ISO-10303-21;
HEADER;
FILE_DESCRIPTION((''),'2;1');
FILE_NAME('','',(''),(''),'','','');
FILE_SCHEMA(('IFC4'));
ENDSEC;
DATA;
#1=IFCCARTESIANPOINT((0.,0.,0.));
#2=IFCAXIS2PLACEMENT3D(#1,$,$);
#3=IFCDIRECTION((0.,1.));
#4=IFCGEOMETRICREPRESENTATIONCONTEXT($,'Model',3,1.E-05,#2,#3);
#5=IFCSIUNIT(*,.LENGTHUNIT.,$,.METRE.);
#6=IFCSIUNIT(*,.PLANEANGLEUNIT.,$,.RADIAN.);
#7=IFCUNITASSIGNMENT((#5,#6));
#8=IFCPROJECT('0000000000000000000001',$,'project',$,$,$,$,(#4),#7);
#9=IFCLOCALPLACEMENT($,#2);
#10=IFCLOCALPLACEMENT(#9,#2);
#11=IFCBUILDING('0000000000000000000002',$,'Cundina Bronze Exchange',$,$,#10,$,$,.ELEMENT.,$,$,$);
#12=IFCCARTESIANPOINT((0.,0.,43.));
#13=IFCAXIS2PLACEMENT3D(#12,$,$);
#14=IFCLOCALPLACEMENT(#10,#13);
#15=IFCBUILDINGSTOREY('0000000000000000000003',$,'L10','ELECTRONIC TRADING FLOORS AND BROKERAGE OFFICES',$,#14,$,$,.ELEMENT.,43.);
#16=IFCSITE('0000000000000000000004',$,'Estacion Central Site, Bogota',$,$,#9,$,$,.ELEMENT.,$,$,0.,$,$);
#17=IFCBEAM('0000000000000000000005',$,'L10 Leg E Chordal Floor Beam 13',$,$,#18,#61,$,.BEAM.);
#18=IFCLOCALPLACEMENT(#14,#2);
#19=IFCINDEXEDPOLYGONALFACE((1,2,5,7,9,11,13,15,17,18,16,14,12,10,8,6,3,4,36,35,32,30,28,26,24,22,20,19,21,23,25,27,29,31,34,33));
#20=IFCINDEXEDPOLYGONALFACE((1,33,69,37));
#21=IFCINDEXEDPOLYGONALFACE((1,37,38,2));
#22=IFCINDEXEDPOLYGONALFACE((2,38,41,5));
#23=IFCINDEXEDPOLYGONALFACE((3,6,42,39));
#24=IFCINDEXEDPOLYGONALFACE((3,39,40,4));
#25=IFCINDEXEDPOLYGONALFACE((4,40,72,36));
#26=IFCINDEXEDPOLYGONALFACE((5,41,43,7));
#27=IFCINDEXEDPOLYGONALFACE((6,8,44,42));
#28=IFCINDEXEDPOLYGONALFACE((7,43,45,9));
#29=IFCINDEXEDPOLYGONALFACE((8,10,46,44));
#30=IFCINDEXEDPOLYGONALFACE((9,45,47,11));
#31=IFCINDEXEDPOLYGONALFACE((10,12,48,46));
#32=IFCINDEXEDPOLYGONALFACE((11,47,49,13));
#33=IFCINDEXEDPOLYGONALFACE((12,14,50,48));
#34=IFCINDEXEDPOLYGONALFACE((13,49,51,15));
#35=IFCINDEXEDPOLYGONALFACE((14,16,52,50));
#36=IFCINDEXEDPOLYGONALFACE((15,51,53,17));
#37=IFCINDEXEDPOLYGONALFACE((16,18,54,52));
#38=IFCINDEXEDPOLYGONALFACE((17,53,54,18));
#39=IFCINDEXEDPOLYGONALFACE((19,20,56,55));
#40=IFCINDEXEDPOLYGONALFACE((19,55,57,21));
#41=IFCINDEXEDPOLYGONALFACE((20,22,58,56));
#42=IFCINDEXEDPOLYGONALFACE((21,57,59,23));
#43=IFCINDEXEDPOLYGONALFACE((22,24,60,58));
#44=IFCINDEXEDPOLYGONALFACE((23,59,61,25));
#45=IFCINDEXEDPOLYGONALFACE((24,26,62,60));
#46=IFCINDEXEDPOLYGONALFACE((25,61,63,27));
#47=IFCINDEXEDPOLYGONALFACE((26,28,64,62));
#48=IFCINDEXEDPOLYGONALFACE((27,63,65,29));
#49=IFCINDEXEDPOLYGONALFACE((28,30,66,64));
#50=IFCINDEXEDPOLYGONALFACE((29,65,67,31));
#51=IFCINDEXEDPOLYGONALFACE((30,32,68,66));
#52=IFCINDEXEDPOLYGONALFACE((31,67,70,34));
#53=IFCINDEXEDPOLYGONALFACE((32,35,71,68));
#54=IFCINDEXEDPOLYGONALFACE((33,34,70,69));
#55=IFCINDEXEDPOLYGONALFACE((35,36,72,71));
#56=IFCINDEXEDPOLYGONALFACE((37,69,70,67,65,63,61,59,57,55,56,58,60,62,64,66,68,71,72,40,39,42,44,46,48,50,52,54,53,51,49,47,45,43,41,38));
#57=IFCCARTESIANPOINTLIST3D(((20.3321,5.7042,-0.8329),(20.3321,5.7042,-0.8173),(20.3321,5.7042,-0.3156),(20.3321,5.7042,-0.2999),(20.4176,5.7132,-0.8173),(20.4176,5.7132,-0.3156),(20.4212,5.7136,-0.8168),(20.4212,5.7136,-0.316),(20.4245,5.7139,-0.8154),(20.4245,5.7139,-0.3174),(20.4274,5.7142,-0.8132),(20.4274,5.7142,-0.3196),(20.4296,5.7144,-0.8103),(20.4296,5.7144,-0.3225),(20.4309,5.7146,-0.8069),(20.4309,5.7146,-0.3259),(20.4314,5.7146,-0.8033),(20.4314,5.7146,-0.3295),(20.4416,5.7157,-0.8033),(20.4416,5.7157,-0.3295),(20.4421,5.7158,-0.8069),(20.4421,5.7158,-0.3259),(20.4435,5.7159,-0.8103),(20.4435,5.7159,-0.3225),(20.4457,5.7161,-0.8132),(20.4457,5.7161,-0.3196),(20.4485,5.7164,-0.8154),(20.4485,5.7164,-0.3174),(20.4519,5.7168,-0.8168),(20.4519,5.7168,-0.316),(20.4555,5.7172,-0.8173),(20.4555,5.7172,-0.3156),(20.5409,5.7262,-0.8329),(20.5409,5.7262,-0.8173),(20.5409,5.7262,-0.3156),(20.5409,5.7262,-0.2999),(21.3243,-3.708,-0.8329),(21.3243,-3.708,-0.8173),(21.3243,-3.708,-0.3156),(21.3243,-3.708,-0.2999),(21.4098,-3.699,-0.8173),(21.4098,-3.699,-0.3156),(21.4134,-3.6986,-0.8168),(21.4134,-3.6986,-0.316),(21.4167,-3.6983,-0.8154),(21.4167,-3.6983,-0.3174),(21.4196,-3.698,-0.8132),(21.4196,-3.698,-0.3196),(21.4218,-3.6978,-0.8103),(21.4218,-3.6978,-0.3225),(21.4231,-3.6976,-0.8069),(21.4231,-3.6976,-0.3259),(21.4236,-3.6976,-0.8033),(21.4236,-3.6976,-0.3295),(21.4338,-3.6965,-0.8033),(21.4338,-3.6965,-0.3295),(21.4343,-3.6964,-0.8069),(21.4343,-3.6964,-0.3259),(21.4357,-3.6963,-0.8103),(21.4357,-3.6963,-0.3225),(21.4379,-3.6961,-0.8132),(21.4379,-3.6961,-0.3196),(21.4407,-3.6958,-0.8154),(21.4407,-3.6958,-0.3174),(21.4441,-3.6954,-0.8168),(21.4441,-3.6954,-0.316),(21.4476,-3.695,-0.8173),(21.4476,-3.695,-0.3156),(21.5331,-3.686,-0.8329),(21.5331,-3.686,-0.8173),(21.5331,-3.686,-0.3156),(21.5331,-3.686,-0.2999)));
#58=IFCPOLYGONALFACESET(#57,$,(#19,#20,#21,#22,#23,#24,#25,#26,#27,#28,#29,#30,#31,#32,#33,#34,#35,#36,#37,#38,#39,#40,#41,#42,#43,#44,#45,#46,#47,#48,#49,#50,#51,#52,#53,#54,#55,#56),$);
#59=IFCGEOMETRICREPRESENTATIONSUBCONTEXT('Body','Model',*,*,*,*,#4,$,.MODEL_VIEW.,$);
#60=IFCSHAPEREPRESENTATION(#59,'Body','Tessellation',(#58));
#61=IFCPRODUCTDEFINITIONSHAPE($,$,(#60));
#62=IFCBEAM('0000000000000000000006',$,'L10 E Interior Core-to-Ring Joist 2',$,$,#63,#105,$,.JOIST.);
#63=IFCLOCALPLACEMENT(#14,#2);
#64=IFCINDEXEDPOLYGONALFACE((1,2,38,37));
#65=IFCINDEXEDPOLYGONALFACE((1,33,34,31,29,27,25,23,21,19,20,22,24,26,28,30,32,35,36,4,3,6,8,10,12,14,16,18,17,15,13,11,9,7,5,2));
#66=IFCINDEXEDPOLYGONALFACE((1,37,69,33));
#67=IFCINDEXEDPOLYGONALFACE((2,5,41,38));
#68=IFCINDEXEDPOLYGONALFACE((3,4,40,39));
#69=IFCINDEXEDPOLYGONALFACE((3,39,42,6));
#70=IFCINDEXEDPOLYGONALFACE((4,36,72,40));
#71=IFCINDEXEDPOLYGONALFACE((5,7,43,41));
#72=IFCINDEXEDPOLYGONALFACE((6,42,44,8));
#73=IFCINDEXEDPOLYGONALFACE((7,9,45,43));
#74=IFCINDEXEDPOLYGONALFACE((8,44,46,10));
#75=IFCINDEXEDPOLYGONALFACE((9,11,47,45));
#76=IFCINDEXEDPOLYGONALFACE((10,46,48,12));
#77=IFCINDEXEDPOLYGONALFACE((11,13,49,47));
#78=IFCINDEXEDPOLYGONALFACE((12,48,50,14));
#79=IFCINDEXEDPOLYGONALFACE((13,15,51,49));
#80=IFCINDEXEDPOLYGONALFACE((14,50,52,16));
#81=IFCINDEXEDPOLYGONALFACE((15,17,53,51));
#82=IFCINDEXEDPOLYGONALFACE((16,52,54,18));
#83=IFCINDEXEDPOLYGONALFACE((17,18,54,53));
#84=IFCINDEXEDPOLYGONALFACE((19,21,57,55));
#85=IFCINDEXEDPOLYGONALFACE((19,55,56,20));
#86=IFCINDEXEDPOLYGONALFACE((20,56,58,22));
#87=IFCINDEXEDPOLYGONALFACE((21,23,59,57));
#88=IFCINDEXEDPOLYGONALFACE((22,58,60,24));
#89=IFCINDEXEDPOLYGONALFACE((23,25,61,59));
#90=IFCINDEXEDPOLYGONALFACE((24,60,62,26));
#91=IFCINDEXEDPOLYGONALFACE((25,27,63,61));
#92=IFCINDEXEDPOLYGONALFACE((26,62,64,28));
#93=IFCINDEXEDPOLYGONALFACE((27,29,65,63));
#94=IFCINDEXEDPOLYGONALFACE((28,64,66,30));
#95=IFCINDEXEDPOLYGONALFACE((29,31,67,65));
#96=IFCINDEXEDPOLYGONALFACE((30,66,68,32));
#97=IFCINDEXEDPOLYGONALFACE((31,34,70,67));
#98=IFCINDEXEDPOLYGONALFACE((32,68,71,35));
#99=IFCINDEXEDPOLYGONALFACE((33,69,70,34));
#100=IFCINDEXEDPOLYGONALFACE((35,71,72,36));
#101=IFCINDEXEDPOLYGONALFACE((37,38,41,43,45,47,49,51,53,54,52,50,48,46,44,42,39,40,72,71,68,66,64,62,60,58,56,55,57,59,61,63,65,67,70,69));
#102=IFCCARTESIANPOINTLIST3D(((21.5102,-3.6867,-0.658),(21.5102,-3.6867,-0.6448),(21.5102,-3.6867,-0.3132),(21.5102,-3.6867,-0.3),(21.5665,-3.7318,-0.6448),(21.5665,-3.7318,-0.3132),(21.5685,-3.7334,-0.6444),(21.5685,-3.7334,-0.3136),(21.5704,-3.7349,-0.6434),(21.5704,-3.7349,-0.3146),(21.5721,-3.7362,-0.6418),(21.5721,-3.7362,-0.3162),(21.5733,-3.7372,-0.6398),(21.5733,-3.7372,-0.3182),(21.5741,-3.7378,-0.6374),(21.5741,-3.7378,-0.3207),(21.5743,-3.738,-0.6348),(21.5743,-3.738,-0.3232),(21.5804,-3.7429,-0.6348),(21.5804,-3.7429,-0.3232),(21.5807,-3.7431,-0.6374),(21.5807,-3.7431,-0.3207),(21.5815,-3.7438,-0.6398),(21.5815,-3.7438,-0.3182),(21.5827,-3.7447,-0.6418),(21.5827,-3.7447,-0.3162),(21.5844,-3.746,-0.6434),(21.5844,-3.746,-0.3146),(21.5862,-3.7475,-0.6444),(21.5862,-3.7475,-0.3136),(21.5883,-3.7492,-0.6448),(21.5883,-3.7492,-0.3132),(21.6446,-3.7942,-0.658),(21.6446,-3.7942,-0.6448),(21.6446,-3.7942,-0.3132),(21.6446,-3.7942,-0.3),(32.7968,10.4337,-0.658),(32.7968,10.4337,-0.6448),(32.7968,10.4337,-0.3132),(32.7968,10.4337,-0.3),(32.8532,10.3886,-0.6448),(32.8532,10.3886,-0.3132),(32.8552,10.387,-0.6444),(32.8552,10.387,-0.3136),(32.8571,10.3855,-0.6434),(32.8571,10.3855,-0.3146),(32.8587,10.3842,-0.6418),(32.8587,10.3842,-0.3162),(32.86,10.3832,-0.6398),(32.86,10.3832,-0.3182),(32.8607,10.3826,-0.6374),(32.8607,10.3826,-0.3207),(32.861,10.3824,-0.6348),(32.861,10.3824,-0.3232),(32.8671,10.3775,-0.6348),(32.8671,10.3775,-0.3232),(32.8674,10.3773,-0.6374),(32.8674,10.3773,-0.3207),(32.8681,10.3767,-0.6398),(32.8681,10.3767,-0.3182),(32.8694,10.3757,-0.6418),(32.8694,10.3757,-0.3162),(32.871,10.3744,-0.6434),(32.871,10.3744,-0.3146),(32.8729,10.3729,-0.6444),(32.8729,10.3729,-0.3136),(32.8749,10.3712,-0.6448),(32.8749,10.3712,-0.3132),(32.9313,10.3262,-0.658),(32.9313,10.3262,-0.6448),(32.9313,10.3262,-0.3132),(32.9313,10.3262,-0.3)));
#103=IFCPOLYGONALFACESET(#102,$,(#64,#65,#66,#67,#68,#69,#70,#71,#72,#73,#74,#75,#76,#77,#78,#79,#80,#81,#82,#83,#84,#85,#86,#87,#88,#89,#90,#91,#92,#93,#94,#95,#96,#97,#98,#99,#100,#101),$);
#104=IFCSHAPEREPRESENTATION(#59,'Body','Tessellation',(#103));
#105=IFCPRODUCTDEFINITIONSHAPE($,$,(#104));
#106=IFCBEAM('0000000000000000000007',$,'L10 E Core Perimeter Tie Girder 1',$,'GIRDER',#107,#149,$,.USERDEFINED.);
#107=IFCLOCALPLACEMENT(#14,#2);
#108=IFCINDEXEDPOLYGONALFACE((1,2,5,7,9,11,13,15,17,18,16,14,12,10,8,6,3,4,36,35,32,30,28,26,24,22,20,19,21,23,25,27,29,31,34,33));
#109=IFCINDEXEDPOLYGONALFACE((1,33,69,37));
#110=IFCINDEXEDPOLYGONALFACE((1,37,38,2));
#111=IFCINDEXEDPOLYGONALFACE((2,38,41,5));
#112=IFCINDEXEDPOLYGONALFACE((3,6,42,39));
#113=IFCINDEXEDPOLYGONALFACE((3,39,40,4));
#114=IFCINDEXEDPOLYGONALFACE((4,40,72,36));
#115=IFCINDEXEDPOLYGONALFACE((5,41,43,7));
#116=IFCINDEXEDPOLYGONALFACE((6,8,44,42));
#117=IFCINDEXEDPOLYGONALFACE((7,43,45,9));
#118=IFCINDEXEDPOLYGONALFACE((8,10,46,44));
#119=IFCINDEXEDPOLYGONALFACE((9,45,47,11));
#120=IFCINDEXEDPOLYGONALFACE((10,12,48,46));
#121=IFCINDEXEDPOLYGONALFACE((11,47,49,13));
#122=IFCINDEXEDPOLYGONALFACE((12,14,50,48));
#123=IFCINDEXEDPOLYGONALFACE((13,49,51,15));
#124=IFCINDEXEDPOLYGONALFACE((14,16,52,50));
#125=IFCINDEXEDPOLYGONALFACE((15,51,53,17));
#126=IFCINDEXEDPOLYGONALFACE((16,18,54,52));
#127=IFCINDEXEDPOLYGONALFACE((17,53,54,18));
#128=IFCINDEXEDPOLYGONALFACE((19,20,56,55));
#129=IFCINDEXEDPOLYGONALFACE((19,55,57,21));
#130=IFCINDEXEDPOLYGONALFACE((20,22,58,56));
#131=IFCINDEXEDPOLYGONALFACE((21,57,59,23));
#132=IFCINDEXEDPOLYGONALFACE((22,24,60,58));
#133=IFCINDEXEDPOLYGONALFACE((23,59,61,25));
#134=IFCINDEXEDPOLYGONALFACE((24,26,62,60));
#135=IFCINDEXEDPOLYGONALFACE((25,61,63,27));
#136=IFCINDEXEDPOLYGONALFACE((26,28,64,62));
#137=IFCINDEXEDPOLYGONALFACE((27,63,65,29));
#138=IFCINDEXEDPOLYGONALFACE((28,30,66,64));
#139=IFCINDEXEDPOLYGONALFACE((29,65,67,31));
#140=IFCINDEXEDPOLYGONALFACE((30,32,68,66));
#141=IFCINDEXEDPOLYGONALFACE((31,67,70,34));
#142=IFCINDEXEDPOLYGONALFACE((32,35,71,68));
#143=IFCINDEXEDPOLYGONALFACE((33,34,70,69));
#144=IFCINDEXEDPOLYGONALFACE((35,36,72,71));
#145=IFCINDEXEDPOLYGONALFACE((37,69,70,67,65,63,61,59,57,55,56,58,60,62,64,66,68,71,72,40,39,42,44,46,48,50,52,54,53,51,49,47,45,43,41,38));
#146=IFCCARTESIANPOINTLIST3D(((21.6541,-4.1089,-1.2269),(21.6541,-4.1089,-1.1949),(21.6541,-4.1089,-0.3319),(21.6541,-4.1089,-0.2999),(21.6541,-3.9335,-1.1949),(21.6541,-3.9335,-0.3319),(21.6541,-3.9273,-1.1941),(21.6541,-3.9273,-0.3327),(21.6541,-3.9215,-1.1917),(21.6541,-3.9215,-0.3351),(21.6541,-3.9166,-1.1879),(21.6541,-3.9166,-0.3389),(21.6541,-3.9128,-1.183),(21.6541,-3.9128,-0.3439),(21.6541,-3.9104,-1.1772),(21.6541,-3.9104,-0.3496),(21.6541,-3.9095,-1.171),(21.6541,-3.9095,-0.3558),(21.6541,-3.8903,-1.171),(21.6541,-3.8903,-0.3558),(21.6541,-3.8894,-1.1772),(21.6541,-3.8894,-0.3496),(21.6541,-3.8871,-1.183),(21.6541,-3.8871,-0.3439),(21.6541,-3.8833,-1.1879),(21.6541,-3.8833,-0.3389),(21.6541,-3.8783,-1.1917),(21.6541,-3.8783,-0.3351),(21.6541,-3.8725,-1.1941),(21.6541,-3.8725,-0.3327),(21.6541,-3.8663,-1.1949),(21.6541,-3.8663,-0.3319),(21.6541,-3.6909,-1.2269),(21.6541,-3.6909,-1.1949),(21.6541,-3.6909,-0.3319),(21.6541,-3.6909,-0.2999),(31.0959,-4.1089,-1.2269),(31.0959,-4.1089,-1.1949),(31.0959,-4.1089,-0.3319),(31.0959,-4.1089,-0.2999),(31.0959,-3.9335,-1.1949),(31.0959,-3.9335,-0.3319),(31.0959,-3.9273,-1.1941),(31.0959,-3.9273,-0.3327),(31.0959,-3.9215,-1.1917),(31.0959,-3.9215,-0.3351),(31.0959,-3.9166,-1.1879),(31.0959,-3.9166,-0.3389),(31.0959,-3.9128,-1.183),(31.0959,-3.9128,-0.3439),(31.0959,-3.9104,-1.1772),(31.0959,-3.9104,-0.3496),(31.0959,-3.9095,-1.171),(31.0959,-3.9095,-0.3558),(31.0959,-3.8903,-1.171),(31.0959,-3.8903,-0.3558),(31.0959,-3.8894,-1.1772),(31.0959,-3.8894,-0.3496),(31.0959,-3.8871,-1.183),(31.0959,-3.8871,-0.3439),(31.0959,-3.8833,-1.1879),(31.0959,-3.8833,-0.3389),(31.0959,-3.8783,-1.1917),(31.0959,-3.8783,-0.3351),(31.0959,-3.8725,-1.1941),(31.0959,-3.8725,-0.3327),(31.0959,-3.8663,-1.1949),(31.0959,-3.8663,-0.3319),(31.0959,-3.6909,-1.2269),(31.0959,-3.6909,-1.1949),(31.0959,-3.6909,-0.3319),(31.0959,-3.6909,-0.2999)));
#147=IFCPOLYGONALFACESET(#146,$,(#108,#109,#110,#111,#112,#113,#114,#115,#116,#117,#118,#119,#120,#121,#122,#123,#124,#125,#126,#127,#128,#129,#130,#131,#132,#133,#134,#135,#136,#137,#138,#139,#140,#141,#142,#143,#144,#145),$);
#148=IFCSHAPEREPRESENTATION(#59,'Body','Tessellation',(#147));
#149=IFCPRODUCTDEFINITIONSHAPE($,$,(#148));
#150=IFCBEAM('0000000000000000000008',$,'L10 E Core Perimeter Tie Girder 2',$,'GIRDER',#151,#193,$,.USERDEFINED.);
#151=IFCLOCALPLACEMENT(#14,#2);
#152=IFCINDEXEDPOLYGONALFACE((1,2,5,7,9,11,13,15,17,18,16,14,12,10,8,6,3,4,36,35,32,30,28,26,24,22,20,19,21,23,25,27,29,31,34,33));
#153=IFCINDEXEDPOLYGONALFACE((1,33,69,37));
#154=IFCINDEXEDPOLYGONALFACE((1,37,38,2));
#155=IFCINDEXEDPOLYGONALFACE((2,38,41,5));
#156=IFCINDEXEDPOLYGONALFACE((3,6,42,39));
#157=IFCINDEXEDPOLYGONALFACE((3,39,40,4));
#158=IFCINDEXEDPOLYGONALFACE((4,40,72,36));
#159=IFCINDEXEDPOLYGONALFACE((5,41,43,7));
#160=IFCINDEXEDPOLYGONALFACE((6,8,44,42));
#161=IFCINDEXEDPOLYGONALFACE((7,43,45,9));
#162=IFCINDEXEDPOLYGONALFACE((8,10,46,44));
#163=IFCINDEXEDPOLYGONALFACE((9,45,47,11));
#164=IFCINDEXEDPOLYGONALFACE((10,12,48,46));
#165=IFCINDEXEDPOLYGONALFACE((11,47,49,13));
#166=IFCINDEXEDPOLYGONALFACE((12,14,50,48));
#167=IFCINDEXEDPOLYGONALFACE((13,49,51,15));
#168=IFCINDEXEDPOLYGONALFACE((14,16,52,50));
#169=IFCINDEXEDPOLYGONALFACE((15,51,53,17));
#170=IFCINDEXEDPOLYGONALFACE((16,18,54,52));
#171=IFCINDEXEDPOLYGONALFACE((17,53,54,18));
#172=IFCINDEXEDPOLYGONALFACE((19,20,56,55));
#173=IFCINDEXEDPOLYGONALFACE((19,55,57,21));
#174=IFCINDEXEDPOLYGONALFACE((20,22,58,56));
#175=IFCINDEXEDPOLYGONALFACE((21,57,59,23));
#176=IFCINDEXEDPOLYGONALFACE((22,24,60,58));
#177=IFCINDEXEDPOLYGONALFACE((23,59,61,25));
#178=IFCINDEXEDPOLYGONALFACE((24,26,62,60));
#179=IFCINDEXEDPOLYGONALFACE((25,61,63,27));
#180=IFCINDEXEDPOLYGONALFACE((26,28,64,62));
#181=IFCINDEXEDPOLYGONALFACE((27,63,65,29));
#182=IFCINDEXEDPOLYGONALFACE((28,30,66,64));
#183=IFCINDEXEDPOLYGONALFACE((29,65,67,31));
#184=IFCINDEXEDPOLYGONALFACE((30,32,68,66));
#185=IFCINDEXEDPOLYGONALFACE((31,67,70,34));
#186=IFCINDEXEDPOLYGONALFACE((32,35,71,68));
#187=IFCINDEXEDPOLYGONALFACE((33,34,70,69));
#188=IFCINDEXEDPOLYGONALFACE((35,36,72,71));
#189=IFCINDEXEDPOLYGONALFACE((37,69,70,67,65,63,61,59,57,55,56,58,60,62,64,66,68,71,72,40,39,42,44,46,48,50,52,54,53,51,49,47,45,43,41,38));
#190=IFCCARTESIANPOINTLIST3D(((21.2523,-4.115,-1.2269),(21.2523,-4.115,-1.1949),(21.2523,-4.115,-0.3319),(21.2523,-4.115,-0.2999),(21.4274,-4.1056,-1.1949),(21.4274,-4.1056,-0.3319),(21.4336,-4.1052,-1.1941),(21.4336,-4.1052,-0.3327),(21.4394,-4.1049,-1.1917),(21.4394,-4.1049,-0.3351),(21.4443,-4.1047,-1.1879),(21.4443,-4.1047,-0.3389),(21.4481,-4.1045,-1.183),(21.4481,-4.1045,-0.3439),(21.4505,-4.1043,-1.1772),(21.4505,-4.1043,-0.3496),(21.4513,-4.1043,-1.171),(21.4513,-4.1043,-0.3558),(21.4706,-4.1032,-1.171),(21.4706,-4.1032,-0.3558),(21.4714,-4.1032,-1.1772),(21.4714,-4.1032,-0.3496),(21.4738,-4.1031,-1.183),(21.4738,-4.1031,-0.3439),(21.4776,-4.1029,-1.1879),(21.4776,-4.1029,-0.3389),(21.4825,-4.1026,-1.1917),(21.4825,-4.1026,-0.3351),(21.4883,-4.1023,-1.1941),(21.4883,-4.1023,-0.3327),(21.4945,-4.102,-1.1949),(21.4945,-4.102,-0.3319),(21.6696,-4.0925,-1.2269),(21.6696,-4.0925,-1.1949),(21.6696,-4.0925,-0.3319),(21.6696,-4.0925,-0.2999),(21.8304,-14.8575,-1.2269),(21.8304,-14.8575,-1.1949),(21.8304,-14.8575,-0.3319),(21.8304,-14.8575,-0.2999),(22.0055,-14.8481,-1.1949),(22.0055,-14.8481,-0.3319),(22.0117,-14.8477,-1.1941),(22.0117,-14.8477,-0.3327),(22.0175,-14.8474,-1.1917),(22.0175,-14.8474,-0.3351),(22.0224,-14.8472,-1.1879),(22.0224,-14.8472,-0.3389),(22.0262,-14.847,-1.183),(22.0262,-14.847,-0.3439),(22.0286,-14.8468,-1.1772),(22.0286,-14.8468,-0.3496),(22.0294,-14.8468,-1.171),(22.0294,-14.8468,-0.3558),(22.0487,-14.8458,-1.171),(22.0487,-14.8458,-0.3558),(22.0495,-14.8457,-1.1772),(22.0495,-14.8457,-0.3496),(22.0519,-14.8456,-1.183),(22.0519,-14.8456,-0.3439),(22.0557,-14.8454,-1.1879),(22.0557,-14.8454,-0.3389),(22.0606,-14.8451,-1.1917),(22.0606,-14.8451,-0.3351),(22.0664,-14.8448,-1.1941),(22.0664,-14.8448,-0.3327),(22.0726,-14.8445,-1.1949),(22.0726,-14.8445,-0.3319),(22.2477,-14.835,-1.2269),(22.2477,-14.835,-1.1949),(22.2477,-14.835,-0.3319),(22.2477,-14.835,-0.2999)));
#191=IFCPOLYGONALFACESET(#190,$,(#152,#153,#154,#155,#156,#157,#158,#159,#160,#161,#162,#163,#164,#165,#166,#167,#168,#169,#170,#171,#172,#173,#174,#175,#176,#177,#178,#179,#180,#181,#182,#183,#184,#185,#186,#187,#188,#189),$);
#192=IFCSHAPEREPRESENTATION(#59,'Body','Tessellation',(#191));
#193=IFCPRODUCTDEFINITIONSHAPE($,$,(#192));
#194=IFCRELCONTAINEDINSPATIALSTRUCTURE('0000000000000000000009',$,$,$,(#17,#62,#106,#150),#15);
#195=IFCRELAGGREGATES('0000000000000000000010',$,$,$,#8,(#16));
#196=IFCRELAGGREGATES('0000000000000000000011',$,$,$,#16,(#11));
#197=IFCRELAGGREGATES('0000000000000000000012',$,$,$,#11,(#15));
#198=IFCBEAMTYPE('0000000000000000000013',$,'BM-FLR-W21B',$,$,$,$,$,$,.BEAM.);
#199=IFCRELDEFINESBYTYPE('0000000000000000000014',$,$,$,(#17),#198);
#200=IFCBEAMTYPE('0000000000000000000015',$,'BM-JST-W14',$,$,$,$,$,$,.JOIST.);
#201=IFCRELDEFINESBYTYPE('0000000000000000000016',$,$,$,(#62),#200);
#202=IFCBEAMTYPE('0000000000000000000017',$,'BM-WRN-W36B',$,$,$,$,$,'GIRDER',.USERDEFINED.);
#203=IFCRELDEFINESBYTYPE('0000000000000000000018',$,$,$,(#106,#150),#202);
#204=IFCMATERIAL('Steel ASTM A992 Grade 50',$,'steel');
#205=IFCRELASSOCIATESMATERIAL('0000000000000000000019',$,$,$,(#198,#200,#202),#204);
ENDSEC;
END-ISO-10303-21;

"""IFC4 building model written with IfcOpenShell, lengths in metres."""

from ifc_helpers import new_model, si_unit, direction, frame, origin, origin_2d, place, context, subcontext, project, spatial, i_section, extrude, material, material_profile, profile_set, type_object, element, save


model = new_model("IFC4")

# Units and contexts
model_context = context("Model", 3, precision=1e-05, world=origin(), true_north=direction((0.0, 1.0)))
body_context = subcontext(model_context, "Body", "Model", "MODEL_VIEW")
ifc_project = project(units=[si_unit("LENGTHUNIT", "METRE"), si_unit("PLANEANGLEUNIT", "RADIAN")], contexts=[model_context])

# Site, building, storey
site_placement = place(None, origin())
site = spatial("IfcSite", under=ifc_project, at=site_placement, Name="Estacion Central Site, Bogota", CompositionType="ELEMENT", RefElevation=0.0)
building_placement = place(site_placement, origin())
building = spatial("IfcBuilding", under=site, at=building_placement, Name="Cundina Bronze Exchange", CompositionType="ELEMENT")
storey_placement = place(building_placement, frame((0.0, 0.0, 43.0)))
storey = spatial("IfcBuildingStorey", under=building, at=storey_placement, Name="L10", Description="ELECTRONIC TRADING FLOORS AND BROKERAGE OFFICES", CompositionType="ELEMENT", Elevation=43.0)

# Shared definitions
ifc_material_1 = material(Name="Steel ASTM A992 Grade 50", Category="steel")

# Beams
ifc_material_profile_1 = material_profile(ifc_material_1, i_section(OverallWidth=0.21, OverallDepth=0.533, WebThickness=0.0103, FlangeThickness=0.0156, FilletRadius=0.0139, at=origin_2d()), Name="W21X62", Category="steel")
ifc_profile_set_1 = profile_set([ifc_material_profile_1], Name="Steel ASTM A992 Grade 50")
beam_type_1 = type_object("IfcBeamType", Name="BM-FLR-W21B", PredefinedType="BEAM", material=ifc_profile_set_1)
beam_1_placement = place(storey_placement, frame((21.4287, -3.697, -0.5664), z_axis=(-0.104835, 0.99449, 0.0), x_axis=(-0.99449, -0.104835, 0.0)))
element("IfcBeam", 1, at=beam_1_placement, inside=storey, type_object=beam_type_1, Name="L10 Leg E Chordal Floor Beam 13", PredefinedType="BEAM", context=body_context, shape_type="SweptSolid", body=[
    extrude(i_section(OverallWidth=0.21, OverallDepth=0.533, WebThickness=0.0103, FlangeThickness=0.0156, FilletRadius=0.0139, at=origin_2d()), origin(), (0.0, 0.0, 1.0), 9.4644),
])
ifc_material_profile_2 = material_profile(ifc_material_1, i_section(OverallWidth=0.1721, OverallDepth=0.3579, WebThickness=0.0078, FlangeThickness=0.0132, FilletRadius=0.01, at=origin_2d()), Name="W14X38", Category="steel")
ifc_profile_set_2 = profile_set([ifc_material_profile_2], Name="Steel ASTM A992 Grade 50")
beam_type_2 = type_object("IfcBeamType", Name="BM-JST-W14", PredefinedType="JOIST", material=ifc_profile_set_2)
beam_2_placement = place(storey_placement, frame((21.5774, -3.7405, -0.479), z_axis=(0.624369, 0.78113, 0.0), x_axis=(-0.78113, 0.624369, 0.0)))
element("IfcBeam", 2, at=beam_2_placement, inside=storey, type_object=beam_type_2, Name="L10 E Interior Core-to-Ring Joist 2", PredefinedType="JOIST", context=body_context, shape_type="SweptSolid", body=[
    extrude(i_section(OverallWidth=0.1721, OverallDepth=0.3579, WebThickness=0.0078, FlangeThickness=0.0132, FilletRadius=0.01, at=origin_2d()), origin(), (0.0, 0.0, 1.0), 18.0769),
])
ifc_material_profile_3 = material_profile(ifc_material_1, i_section(OverallWidth=0.418, OverallDepth=0.927, WebThickness=0.0193, FlangeThickness=0.032, FilletRadius=0.0239, at=origin_2d()), Name="W36X231", Category="steel")
ifc_profile_set_3 = profile_set([ifc_material_profile_3], Name="Steel ASTM A992 Grade 50")
beam_type_3 = type_object("IfcBeamType", Name="BM-WRN-W36B", ElementType="GIRDER", PredefinedType="USERDEFINED", material=ifc_profile_set_3)
beam_3_placement = place(storey_placement, frame((31.0959, -3.8999, -0.7634), z_axis=(-1.0, 0.0, 0.0), x_axis=(0.0, -1.0, 0.0)))
element("IfcBeam", 3, at=beam_3_placement, inside=storey, type_object=beam_type_3, Name="L10 E Core Perimeter Tie Girder 1", ObjectType="GIRDER", PredefinedType="USERDEFINED", context=body_context, shape_type="SweptSolid", body=[
    extrude(i_section(OverallWidth=0.418, OverallDepth=0.927, WebThickness=0.0193, FlangeThickness=0.032, FilletRadius=0.0239, at=origin_2d()), origin(), (0.0, 0.0, 1.0), 9.4419),
])
beam_4_placement = place(storey_placement, frame((21.4609, -4.1038, -0.7634), z_axis=(0.053739, -0.998555, 0.0), x_axis=(0.998555, 0.053739, 0.0)))
element("IfcBeam", 4, at=beam_4_placement, inside=storey, type_object=beam_type_3, Name="L10 E Core Perimeter Tie Girder 2", ObjectType="GIRDER", PredefinedType="USERDEFINED", context=body_context, shape_type="SweptSolid", body=[
    extrude(i_section(OverallWidth=0.418, OverallDepth=0.927, WebThickness=0.0193, FlangeThickness=0.032, FilletRadius=0.0239, at=origin_2d()), origin(), (0.0, 0.0, 1.0), 10.7581),
])

save(model, "model.ifc")
